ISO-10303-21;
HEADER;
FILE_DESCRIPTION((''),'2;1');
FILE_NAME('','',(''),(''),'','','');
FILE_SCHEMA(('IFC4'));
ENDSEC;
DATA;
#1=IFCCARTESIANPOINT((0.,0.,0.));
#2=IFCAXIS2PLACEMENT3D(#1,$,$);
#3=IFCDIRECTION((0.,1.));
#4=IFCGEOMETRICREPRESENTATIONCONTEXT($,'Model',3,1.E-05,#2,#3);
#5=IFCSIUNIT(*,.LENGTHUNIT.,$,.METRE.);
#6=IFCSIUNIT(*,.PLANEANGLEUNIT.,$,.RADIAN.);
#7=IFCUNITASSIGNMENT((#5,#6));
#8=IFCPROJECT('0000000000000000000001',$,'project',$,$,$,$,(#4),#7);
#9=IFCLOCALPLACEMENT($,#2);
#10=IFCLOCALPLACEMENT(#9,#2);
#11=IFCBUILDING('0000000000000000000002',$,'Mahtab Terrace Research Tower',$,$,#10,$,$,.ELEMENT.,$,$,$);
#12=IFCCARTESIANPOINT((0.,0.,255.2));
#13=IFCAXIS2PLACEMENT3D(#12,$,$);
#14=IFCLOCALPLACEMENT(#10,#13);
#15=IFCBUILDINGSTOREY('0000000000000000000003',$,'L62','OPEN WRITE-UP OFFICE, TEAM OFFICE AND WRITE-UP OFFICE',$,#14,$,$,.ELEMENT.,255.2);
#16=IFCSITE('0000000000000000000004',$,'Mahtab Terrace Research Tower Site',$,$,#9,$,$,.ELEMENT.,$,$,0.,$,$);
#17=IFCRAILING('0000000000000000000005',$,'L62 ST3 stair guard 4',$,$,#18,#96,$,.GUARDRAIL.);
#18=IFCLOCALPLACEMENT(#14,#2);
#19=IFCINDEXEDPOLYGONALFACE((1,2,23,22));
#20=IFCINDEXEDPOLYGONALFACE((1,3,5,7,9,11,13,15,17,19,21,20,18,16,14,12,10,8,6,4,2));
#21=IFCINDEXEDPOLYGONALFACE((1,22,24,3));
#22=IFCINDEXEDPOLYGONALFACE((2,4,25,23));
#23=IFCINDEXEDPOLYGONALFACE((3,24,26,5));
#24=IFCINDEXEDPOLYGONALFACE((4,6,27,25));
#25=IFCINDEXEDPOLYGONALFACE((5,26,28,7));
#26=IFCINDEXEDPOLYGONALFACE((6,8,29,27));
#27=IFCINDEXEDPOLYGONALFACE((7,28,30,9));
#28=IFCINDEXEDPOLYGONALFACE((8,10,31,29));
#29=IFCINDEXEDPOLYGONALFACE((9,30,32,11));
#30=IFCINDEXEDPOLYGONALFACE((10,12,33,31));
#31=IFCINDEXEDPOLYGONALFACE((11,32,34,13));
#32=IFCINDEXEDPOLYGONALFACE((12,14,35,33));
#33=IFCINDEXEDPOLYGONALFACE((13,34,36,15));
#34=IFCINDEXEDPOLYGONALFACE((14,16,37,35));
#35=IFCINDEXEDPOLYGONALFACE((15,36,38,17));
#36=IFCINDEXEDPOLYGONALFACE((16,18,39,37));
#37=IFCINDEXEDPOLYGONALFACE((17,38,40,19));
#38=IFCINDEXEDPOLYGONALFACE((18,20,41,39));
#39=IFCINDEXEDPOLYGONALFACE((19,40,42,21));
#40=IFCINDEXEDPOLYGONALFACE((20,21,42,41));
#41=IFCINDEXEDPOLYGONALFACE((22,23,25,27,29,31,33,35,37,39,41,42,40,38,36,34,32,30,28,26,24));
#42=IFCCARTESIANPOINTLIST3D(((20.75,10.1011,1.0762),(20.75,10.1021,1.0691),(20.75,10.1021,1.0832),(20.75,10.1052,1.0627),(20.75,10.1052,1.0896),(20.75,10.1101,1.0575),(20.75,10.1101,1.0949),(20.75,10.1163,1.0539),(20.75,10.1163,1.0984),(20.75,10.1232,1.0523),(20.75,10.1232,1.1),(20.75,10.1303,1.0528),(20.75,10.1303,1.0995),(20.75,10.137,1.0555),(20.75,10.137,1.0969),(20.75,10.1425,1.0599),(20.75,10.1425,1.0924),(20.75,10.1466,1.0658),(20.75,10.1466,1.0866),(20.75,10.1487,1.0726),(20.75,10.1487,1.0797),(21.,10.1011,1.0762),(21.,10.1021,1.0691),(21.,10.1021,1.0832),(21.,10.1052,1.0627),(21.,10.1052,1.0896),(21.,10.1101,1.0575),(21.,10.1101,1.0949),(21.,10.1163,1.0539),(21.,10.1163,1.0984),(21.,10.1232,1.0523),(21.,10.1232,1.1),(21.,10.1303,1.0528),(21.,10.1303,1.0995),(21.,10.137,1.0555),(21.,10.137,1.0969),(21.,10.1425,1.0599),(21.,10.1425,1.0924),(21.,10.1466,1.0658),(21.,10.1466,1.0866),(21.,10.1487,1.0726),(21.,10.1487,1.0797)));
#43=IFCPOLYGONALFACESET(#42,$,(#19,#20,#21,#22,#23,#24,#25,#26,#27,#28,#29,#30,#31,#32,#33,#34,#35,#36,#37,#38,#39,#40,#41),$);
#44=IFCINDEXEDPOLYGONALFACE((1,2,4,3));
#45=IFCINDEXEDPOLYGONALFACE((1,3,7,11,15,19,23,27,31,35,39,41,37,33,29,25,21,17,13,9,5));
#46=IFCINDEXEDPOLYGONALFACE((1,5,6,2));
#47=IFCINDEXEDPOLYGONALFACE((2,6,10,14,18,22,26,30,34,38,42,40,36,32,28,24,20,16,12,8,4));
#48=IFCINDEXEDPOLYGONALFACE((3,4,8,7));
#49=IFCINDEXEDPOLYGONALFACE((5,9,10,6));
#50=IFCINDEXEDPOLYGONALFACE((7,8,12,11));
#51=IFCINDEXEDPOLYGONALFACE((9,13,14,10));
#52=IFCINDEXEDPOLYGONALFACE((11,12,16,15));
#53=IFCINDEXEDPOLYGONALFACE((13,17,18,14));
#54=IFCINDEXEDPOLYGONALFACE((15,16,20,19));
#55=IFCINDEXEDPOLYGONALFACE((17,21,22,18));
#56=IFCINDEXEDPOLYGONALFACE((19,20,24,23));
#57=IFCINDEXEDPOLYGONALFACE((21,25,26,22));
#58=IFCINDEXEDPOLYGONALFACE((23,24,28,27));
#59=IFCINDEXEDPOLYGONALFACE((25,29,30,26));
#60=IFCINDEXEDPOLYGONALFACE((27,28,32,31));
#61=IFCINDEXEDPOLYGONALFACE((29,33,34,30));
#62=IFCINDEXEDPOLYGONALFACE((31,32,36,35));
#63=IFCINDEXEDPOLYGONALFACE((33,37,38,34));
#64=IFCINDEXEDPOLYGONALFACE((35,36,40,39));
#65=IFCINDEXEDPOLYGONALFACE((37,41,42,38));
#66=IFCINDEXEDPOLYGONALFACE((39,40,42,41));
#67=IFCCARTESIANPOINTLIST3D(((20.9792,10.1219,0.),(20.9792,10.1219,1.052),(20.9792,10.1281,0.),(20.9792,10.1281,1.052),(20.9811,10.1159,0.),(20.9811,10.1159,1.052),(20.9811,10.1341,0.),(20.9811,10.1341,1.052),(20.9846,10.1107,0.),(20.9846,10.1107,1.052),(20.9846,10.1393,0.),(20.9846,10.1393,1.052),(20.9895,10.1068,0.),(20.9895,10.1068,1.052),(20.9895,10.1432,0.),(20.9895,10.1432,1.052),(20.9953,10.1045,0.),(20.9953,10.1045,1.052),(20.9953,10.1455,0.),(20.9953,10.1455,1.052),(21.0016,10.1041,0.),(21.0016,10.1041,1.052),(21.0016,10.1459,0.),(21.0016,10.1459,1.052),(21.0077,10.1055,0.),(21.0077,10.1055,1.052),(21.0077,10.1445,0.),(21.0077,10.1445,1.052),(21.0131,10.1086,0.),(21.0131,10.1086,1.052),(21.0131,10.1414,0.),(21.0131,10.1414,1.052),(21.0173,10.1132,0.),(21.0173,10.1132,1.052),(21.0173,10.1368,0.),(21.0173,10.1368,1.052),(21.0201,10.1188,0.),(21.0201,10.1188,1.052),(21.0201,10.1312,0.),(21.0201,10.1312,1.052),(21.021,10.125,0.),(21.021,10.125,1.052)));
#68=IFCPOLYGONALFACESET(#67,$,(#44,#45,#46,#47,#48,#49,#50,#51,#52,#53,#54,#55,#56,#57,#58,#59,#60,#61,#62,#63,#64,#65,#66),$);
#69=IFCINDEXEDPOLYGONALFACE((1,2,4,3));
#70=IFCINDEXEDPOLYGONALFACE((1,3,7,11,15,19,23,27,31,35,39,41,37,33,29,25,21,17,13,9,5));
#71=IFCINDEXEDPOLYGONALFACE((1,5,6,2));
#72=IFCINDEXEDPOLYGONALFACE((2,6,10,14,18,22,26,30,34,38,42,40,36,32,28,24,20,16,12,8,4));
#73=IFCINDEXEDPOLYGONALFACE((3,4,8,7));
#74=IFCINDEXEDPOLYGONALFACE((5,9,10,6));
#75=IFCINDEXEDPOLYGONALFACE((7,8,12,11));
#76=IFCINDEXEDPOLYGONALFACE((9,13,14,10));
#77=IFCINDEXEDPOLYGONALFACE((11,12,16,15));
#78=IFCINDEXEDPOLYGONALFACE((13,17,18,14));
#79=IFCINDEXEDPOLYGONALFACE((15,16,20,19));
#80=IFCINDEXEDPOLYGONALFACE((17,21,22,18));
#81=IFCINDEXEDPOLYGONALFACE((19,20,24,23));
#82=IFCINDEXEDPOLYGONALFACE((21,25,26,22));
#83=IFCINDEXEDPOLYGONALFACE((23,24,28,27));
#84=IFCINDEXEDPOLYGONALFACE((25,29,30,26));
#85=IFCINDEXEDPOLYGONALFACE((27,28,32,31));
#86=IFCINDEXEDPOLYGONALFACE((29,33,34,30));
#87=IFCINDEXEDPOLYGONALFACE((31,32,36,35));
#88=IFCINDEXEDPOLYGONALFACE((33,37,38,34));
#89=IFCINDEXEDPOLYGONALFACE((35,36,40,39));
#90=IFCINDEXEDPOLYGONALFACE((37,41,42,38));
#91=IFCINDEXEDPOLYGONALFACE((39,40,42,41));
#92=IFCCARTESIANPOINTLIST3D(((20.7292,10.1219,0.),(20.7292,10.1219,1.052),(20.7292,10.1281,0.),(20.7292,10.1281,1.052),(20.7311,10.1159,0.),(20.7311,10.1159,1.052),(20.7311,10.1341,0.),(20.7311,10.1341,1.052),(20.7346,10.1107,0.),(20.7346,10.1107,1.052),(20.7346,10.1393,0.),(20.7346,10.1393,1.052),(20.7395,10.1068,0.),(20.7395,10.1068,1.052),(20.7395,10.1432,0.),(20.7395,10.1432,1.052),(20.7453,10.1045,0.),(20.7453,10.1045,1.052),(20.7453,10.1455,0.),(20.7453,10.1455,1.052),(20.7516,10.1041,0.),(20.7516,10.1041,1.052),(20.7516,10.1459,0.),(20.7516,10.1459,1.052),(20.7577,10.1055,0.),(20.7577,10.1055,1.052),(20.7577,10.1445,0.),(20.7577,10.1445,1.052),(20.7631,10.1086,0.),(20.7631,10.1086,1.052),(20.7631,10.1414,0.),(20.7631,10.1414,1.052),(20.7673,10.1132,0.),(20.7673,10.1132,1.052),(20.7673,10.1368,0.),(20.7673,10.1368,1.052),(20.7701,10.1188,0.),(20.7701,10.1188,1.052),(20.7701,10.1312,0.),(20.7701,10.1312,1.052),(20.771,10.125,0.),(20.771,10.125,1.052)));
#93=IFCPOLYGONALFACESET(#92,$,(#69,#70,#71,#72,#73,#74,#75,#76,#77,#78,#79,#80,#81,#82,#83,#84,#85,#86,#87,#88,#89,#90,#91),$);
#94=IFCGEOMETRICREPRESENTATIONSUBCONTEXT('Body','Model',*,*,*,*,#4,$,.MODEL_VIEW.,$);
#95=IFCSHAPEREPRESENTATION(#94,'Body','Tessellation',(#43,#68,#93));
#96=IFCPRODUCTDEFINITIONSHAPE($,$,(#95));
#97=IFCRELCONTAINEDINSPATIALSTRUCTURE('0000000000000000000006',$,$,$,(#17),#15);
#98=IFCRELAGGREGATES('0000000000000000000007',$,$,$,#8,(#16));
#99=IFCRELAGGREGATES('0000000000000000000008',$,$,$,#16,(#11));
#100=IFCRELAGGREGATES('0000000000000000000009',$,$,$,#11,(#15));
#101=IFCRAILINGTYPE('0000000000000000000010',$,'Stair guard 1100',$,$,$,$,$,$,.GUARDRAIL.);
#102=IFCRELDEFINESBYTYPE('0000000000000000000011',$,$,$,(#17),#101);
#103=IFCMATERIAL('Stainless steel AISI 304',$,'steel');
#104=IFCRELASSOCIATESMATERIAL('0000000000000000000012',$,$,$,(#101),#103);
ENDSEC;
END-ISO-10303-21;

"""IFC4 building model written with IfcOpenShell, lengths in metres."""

from ifc_helpers import new_model, si_unit, direction, frame, origin, origin_2d, place, context, subcontext, project, spatial, circle, extrude, material, type_object, element, save


model = new_model("IFC4")

# Units and contexts
model_context = context("Model", 3, precision=1e-05, world=origin(), true_north=direction((0.0, 1.0)))
body_context = subcontext(model_context, "Body", "Model", "MODEL_VIEW")
ifc_project = project(units=[si_unit("LENGTHUNIT", "METRE"), si_unit("PLANEANGLEUNIT", "RADIAN")], contexts=[model_context])

# Site, building, storey
site_placement = place(None, origin())
site = spatial("IfcSite", under=ifc_project, at=site_placement, Name="Mahtab Terrace Research Tower Site", CompositionType="ELEMENT", RefElevation=0.0)
building_placement = place(site_placement, origin())
building = spatial("IfcBuilding", under=site, at=building_placement, Name="Mahtab Terrace Research Tower", CompositionType="ELEMENT")
storey_placement = place(building_placement, frame((0.0, 0.0, 255.2)))
storey = spatial("IfcBuildingStorey", under=building, at=storey_placement, Name="L62", Description="OPEN WRITE-UP OFFICE, TEAM OFFICE AND WRITE-UP OFFICE", CompositionType="ELEMENT", Elevation=255.2)

# Railing
ifc_material_1 = material(Name="Stainless steel AISI 304", Category="steel")
railing_type_1 = type_object("IfcRailingType", Name="Stair guard 1100", PredefinedType="GUARDRAIL", material=ifc_material_1)
railing_1_placement = place(storey_placement, frame((21.0, 10.125, 0.0)))
element("IfcRailing", 1, at=railing_1_placement, inside=storey, type_object=railing_type_1, Name="L62 ST3 stair guard 4", PredefinedType="GUARDRAIL", context=body_context, shape_type="SweptSolid", body=[
    extrude(circle(Radius=0.0239, at=origin_2d()), frame((0.0, 0.0, 1.0762), z_axis=(-1.0, 0.0, 0.0), x_axis=(0.0, -1.0, 0.0)), (0.0, 0.0, 1.0), 0.25),
    extrude(circle(Radius=0.021, at=origin_2d()), origin(), (0.0, 0.0, 1.0), 1.052),
    extrude(circle(Radius=0.021, at=origin_2d()), frame((-0.25, 0.0, 0.0)), (0.0, 0.0, 1.0), 1.052),
])

save(model, "model.ifc")
